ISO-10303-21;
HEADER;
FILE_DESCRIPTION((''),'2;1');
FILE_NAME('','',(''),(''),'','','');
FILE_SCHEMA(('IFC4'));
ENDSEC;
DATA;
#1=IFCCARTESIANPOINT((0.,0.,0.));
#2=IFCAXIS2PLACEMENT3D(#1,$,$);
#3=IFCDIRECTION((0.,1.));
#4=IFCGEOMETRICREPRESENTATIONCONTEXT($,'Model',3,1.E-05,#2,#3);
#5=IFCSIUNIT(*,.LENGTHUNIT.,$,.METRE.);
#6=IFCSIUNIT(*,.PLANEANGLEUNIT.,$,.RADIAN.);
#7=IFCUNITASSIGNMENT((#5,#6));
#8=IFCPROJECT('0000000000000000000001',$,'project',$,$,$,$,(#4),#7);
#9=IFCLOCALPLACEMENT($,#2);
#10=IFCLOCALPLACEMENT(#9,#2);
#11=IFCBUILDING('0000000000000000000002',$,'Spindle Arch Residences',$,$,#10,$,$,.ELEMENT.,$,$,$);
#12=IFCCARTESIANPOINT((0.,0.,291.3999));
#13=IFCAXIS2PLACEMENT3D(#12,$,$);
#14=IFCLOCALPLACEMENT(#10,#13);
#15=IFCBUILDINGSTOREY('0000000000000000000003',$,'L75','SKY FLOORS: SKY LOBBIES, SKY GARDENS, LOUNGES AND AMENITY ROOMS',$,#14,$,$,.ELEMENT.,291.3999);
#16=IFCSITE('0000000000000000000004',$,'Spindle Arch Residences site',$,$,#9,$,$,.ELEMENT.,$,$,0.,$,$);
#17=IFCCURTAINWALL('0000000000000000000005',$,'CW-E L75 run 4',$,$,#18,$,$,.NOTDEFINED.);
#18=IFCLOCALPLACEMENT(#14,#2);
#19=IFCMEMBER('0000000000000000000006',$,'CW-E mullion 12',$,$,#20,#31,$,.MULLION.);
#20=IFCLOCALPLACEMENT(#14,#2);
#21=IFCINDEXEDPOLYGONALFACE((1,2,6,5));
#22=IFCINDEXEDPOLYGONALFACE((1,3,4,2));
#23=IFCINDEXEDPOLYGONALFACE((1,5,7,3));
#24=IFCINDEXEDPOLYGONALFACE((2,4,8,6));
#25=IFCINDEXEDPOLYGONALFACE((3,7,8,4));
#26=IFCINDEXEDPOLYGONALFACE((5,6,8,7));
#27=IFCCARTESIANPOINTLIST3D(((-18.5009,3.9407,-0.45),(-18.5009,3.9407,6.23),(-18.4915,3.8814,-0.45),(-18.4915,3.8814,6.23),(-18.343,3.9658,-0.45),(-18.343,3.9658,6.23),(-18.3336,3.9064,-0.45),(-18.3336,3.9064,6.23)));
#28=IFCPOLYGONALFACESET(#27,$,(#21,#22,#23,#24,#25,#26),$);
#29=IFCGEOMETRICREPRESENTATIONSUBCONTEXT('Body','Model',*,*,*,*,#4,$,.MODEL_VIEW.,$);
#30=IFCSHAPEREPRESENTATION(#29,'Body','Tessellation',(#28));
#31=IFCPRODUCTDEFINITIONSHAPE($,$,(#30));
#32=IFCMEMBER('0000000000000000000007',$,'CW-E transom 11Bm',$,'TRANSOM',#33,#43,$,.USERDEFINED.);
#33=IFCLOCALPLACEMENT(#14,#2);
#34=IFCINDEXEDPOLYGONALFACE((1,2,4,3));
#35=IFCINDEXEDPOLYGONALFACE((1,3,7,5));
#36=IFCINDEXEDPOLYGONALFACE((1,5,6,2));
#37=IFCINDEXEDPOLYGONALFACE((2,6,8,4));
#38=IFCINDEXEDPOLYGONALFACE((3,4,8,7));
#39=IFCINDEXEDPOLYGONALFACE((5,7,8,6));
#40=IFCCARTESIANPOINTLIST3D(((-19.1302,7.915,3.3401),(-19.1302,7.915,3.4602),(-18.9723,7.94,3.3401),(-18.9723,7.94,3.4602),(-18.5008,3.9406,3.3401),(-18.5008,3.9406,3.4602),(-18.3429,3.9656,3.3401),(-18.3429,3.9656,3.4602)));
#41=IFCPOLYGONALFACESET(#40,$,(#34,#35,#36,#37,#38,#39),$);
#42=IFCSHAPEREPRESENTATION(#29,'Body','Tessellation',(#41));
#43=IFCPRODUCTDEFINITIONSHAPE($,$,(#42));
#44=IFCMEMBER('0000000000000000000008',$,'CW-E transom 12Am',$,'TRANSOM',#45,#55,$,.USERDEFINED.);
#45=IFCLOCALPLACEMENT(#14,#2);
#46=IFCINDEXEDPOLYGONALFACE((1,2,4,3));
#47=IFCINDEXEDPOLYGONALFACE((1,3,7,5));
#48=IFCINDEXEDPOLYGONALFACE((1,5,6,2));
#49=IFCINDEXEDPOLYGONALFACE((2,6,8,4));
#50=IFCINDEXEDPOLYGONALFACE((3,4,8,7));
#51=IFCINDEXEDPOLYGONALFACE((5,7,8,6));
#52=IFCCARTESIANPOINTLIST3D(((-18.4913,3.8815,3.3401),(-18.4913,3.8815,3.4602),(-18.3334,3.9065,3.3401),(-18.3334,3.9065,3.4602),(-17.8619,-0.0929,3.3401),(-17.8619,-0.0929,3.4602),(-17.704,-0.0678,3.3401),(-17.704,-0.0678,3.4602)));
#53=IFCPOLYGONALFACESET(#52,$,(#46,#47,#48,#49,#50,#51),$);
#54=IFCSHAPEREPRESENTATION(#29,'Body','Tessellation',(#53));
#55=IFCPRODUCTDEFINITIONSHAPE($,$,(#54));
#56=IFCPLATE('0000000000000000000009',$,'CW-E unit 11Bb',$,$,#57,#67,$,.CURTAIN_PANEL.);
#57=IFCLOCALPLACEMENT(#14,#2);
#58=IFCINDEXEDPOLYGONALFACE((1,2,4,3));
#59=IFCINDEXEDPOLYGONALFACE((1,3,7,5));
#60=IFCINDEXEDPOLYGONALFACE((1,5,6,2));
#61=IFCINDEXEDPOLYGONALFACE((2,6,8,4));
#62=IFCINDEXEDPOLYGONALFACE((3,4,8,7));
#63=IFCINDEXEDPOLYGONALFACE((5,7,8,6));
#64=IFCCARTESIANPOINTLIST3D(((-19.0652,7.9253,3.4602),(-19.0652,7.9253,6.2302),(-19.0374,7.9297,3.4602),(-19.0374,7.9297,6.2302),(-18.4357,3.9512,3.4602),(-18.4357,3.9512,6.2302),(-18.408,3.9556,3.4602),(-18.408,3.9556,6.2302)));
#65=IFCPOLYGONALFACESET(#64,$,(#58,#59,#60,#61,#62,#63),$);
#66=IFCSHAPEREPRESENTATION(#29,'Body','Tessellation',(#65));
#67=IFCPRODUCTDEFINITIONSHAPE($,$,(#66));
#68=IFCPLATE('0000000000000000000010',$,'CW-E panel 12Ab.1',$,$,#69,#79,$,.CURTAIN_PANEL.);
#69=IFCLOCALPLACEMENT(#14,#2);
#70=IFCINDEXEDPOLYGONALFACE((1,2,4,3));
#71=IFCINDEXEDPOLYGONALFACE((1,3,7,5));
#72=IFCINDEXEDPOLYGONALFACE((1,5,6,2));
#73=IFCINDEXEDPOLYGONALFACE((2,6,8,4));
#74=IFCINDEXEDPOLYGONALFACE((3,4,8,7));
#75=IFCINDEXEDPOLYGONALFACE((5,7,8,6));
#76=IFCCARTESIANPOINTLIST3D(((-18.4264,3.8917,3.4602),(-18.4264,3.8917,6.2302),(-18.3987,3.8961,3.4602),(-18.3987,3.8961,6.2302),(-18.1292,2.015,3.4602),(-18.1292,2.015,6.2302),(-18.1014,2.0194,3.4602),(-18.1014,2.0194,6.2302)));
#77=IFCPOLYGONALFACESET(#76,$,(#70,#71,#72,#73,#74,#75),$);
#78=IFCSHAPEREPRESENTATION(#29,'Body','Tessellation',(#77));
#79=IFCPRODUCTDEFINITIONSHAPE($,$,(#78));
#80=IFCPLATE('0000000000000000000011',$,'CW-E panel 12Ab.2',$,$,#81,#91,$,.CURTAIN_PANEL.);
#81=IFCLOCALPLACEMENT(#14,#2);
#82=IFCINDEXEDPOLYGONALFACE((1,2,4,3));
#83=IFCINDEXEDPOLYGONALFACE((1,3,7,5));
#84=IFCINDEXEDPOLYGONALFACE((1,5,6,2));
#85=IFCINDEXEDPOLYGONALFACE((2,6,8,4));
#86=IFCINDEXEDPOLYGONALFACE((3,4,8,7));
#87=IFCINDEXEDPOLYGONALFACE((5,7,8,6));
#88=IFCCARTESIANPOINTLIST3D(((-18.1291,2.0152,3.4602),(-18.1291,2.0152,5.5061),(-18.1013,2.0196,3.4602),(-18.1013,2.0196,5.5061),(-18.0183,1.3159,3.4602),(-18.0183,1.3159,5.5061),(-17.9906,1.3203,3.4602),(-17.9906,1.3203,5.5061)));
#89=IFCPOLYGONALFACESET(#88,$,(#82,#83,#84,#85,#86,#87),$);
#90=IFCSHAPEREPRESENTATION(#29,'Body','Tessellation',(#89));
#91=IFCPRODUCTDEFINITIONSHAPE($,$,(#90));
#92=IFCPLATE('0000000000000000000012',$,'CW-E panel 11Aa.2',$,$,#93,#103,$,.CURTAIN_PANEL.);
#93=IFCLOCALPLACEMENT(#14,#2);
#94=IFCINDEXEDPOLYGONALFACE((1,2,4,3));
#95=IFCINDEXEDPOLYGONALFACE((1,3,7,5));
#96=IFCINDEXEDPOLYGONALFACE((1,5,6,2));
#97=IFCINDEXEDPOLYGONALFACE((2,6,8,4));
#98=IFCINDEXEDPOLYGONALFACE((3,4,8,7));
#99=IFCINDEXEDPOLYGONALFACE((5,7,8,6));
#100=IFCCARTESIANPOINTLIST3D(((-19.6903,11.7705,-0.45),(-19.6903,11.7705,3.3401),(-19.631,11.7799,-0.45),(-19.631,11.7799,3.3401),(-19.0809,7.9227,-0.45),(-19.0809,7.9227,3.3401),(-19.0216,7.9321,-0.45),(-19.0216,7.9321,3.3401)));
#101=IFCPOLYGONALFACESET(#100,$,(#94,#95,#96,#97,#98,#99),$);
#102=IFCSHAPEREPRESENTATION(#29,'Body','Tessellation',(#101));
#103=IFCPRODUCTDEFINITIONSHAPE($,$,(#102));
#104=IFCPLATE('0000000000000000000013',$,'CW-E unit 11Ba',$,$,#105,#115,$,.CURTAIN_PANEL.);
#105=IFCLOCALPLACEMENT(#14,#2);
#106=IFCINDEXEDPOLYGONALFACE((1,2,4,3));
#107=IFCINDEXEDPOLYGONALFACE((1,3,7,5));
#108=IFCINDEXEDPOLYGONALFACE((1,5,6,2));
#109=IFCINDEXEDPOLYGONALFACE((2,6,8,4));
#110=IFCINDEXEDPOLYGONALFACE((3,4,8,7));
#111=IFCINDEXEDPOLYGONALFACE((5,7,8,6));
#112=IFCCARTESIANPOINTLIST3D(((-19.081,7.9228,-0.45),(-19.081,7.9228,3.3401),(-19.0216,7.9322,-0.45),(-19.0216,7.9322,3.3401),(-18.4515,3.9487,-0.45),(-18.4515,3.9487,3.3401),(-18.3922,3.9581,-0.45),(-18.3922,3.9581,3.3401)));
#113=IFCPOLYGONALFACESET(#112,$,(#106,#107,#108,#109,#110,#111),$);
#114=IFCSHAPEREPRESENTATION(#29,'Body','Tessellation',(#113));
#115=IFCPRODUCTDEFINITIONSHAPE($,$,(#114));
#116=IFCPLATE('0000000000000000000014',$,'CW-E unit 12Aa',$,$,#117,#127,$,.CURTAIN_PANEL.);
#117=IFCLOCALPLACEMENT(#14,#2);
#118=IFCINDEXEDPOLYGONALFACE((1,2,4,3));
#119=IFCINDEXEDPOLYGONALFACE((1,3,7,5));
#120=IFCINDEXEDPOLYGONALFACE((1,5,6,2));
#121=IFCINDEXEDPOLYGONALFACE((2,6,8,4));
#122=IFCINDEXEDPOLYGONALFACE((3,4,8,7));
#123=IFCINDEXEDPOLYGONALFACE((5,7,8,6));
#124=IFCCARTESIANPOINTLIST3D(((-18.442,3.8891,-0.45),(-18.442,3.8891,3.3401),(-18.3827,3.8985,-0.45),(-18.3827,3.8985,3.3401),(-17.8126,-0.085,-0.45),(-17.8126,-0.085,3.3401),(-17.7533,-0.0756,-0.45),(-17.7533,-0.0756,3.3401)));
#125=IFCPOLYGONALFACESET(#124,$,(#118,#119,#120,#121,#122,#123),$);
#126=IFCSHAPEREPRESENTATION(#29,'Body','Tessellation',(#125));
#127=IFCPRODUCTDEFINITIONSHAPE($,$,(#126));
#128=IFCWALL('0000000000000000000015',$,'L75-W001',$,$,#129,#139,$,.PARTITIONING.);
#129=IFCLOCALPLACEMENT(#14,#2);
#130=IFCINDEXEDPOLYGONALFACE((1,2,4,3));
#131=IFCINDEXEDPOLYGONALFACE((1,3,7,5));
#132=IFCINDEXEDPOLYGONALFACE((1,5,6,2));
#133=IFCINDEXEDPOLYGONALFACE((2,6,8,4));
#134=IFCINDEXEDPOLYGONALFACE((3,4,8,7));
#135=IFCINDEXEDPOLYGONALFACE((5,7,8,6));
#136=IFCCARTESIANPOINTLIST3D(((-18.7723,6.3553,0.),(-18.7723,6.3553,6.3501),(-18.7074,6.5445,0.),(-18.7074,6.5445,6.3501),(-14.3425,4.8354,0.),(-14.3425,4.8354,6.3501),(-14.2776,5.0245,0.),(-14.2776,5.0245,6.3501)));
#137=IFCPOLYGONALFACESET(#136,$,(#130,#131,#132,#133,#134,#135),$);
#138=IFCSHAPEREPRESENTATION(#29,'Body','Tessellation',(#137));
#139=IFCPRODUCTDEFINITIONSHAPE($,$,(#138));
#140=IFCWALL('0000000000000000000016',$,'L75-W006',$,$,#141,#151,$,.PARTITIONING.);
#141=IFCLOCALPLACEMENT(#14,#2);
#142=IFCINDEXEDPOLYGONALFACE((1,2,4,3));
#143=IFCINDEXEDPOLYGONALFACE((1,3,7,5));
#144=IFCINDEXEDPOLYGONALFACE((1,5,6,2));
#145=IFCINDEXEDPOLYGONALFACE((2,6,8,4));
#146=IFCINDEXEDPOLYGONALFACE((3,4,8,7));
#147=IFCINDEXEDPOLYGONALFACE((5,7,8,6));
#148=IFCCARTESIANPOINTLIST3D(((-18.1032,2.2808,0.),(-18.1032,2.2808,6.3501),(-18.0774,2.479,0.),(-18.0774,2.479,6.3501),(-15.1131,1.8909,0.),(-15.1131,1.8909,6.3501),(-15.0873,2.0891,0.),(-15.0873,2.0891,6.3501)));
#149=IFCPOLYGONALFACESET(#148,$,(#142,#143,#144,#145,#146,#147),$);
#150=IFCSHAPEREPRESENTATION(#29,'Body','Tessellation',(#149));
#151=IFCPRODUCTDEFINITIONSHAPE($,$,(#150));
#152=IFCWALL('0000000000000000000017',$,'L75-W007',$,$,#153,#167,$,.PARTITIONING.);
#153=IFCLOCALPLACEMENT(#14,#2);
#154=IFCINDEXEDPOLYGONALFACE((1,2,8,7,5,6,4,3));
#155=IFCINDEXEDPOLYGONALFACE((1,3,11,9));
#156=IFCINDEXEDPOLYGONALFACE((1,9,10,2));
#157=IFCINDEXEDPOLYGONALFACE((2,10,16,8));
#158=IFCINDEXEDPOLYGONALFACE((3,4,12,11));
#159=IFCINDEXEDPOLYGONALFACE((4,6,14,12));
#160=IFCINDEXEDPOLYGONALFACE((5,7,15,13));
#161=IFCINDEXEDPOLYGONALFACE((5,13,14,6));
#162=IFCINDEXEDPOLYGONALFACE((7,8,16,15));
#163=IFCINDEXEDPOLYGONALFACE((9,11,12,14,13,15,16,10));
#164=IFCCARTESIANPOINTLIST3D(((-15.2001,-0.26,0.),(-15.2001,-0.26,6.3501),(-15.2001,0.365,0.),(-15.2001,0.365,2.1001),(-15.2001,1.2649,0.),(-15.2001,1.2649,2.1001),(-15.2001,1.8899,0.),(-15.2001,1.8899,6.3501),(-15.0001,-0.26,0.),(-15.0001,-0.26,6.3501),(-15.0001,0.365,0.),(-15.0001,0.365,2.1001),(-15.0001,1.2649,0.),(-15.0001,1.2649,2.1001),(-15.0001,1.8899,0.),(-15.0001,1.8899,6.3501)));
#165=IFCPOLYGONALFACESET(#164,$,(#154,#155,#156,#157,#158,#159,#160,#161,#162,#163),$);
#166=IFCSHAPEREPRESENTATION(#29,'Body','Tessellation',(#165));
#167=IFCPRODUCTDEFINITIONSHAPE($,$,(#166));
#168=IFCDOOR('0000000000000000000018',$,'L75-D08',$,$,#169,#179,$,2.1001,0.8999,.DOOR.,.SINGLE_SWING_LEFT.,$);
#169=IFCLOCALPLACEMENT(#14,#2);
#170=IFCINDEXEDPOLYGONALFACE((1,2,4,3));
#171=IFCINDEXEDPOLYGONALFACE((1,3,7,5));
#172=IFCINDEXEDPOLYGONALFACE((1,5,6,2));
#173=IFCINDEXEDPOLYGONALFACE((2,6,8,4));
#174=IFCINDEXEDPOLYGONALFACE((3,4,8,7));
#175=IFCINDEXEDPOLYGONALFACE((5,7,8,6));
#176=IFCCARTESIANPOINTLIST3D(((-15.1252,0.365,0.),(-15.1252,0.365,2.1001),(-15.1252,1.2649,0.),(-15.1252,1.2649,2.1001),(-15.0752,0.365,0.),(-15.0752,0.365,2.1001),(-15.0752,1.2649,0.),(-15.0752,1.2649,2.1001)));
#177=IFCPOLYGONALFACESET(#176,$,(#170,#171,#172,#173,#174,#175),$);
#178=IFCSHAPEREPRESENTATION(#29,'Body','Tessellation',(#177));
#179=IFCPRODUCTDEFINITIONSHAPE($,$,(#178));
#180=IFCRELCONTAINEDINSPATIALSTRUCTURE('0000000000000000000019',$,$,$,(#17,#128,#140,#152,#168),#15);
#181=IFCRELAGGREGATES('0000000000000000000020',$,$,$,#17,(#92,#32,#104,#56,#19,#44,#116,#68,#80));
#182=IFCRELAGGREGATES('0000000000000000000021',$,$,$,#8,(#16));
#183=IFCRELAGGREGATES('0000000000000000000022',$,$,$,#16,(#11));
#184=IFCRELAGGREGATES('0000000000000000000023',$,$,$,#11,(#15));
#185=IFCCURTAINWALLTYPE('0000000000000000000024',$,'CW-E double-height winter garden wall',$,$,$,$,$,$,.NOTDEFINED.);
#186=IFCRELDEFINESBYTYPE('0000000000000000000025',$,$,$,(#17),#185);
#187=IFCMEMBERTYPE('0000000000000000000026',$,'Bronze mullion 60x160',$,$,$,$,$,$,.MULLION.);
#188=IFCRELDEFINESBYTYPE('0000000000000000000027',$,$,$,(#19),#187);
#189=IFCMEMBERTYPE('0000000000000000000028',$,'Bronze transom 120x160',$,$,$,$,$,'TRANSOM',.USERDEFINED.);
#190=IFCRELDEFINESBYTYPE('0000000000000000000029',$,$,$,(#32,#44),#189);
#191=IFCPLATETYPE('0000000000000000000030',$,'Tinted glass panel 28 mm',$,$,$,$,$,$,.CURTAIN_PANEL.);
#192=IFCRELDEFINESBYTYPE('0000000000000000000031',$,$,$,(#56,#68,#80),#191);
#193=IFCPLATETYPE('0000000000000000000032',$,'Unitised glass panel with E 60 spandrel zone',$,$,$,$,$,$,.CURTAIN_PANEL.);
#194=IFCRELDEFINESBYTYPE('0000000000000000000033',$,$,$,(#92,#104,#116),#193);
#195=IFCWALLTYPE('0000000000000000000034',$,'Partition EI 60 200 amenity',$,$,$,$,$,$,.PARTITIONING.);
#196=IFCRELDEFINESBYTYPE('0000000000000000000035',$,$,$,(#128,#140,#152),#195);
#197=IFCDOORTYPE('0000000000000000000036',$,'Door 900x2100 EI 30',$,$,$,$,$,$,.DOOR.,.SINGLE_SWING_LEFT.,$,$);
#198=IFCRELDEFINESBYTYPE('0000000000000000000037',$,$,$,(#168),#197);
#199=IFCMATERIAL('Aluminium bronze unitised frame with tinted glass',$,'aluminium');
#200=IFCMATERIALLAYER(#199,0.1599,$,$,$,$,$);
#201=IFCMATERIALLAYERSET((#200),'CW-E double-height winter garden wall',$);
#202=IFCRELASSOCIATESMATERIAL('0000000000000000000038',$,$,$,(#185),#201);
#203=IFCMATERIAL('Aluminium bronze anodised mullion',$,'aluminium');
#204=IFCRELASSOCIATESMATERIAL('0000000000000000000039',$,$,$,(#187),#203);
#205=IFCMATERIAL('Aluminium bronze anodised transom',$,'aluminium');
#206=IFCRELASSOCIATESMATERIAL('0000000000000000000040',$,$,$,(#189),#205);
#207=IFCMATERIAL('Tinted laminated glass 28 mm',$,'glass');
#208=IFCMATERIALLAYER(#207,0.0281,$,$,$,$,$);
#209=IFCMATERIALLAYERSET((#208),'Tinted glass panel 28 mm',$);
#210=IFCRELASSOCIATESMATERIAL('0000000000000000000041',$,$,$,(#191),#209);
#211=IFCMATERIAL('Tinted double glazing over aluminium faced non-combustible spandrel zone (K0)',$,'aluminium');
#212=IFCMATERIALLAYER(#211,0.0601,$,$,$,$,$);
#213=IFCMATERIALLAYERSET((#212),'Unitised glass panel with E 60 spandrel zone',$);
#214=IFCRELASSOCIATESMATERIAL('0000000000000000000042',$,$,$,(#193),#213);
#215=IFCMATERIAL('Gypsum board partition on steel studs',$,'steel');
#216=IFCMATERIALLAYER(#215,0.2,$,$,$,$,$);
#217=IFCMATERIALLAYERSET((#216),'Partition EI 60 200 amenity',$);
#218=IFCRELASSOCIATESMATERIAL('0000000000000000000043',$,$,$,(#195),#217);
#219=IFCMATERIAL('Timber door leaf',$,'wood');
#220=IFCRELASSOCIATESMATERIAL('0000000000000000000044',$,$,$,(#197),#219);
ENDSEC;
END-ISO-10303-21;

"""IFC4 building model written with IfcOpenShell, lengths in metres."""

from ifc_helpers import new_model, si_unit, direction, frame, frame_2d, origin, origin_2d, place, context, subcontext, project, spatial, rectangle, extrude, material, layer, layer_set, material_profile, profile_set, type_object, element, fill, aggregate, save


model = new_model("IFC4")

# Units and contexts
model_context = context("Model", 3, precision=1e-05, world=origin(), true_north=direction((0.0, 1.0)))
body_context = subcontext(model_context, "Body", "Model", "MODEL_VIEW")
ifc_project = project(units=[si_unit("LENGTHUNIT", "METRE"), si_unit("PLANEANGLEUNIT", "RADIAN")], contexts=[model_context])

# Site, building, storey
site_placement = place(None, origin())
site = spatial("IfcSite", under=ifc_project, at=site_placement, Name="Spindle Arch Residences site", CompositionType="ELEMENT", RefElevation=0.0)
building_placement = place(site_placement, origin())
building = spatial("IfcBuilding", under=site, at=building_placement, Name="Spindle Arch Residences", CompositionType="ELEMENT")
storey_placement = place(building_placement, frame((0.0, 0.0, 291.3999)))
storey = spatial("IfcBuildingStorey", under=building, at=storey_placement, Name="L75", Description="SKY FLOORS: SKY LOBBIES, SKY GARDENS, LOUNGES AND AMENITY ROOMS", CompositionType="ELEMENT", Elevation=291.3999)

# Curtain wall, members, plates
ifc_material_1 = material(Name="Aluminium bronze unitised frame with tinted glass", Category="aluminium")
ifc_layer_1 = layer(ifc_material_1, 0.1599)
ifc_layer_set_1 = layer_set([ifc_layer_1], Name="CW-E double-height winter garden wall")
curtain_wall_type = type_object("IfcCurtainWallType", Name="CW-E double-height winter garden wall", PredefinedType="NOTDEFINED", material=ifc_layer_set_1)
curtain_wall_placement = place(storey_placement, origin())
curtain_wall = element("IfcCurtainWall", 1, at=curtain_wall_placement, inside=storey, type_object=curtain_wall_type, Name="CW-E L75 run 4", PredefinedType="NOTDEFINED")
ifc_material_2 = material(Name="Aluminium bronze anodised mullion", Category="aluminium")
ifc_material_profile_1 = material_profile(ifc_material_2, rectangle(XDim=0.1599, YDim=0.0601, at=origin_2d()), Name="MU 60x160")
ifc_profile_set_1 = profile_set([ifc_material_profile_1], Name="Aluminium bronze anodised mullion")
member_type_1 = type_object("IfcMemberType", Name="Bronze mullion 60x160", PredefinedType="MULLION", material=ifc_profile_set_1)
member_1_placement = place(storey_placement, frame((-18.4172, 3.9236, -0.45), z_axis=(0.0, 0.0, 1.0), x_axis=(0.987688, 0.156434, 0.0)))
member_1 = element("IfcMember", 2, at=member_1_placement, type_object=member_type_1, Name="CW-E mullion 12", PredefinedType="MULLION", context=body_context, shape_type="SweptSolid", body=[
    extrude(rectangle(XDim=0.1599, YDim=0.0601, at=origin_2d()), origin(), (0.0, 0.0, 1.0), 6.6799),
])
ifc_material_3 = material(Name="Aluminium bronze anodised transom", Category="aluminium")
ifc_material_profile_2 = material_profile(ifc_material_3, rectangle(XDim=0.1599, YDim=0.1201, at=origin_2d()), Name="TR 120x160")
ifc_profile_set_2 = profile_set([ifc_material_profile_2], Name="Aluminium bronze anodised transom")
member_type_2 = type_object("IfcMemberType", Name="Bronze transom 120x160", ElementType="TRANSOM", PredefinedType="USERDEFINED", material=ifc_profile_set_2)
member_2_placement = place(storey_placement, frame((-19.0513, 7.9275, 3.4001), z_axis=(0.156414, -0.987692, 0.0), x_axis=(0.987692, 0.156414, 0.0)))
member_2 = element("IfcMember", 3, at=member_2_placement, type_object=member_type_2, Name="CW-E transom 11Bm", ObjectType="TRANSOM", PredefinedType="USERDEFINED", context=body_context, shape_type="SweptSolid", body=[
    extrude(rectangle(XDim=0.1599, YDim=0.1201, at=origin_2d()), origin(), (0.0, 0.0, 1.0), 4.0239),
])
member_3_placement = place(storey_placement, frame((-18.4124, 3.894, 3.4001), z_axis=(0.156414, -0.987692, 0.0), x_axis=(0.987692, 0.156414, 0.0)))
member_3 = element("IfcMember", 4, at=member_3_placement, type_object=member_type_2, Name="CW-E transom 12Am", ObjectType="TRANSOM", PredefinedType="USERDEFINED", context=body_context, shape_type="SweptSolid", body=[
    extrude(rectangle(XDim=0.1599, YDim=0.1201, at=origin_2d()), origin(), (0.0, 0.0, 1.0), 4.0239),
])
ifc_material_4 = material(Name="Tinted laminated glass 28 mm", Category="glass")
ifc_layer_2 = layer(ifc_material_4, 0.0281)
ifc_layer_set_2 = layer_set([ifc_layer_2], Name="Tinted glass panel 28 mm")
plate_type_1 = type_object("IfcPlateType", Name="Tinted glass panel 28 mm", PredefinedType="CURTAIN_PANEL", material=ifc_layer_set_2)
plate_1_placement = place(storey_placement, frame((-18.7366, 5.9404, 3.4602), z_axis=(0.0, 0.0, 1.0), x_axis=(0.156434, -0.987688, 0.0)))
plate_1 = element("IfcPlate", 5, at=plate_1_placement, type_object=plate_type_1, Name="CW-E unit 11Bb", PredefinedType="CURTAIN_PANEL", context=body_context, shape_type="SweptSolid", body=[
    extrude(rectangle(XDim=4.0237, YDim=0.0281, at=origin_2d()), origin(), (0.0, 0.0, 1.0), 2.77),
])
plate_2_placement = place(storey_placement, frame((-18.2639, 2.9556, 3.4602), z_axis=(0.0, 0.0, 1.0), x_axis=(0.156434, -0.987688, 0.0)))
plate_2 = element("IfcPlate", 6, at=plate_2_placement, type_object=plate_type_1, Name="CW-E panel 12Ab.1", PredefinedType="CURTAIN_PANEL", context=body_context, shape_type="SweptSolid", body=[
    extrude(rectangle(XDim=1.9001, YDim=0.0281, at=origin_2d()), origin(), (0.0, 0.0, 1.0), 2.77),
])
plate_3_placement = place(storey_placement, frame((-18.0598, 1.6677, 3.4602), z_axis=(0.0, 0.0, 1.0), x_axis=(0.156434, -0.987688, 0.0)))
plate_3 = element("IfcPlate", 7, at=plate_3_placement, type_object=plate_type_1, Name="CW-E panel 12Ab.2", PredefinedType="CURTAIN_PANEL", context=body_context, shape_type="SweptSolid", body=[
    extrude(rectangle(XDim=0.708, YDim=0.0281, at=origin_2d()), origin(), (0.0, 0.0, 1.0), 2.0459),
])
ifc_material_5 = material(Name="Tinted double glazing over aluminium faced non-combustible spandrel zone (K0)", Category="aluminium")
ifc_layer_3 = layer(ifc_material_5, 0.0601)
ifc_layer_set_3 = layer_set([ifc_layer_3], Name="Unitised glass panel with E 60 spandrel zone")
plate_type_2 = type_object("IfcPlateType", Name="Unitised glass panel with E 60 spandrel zone", PredefinedType="CURTAIN_PANEL", material=ifc_layer_set_3)
plate_4_placement = place(storey_placement, frame((-19.356, 9.8513, -0.45), z_axis=(0.0, 0.0, 1.0), x_axis=(0.156434, -0.987688, 0.0)))
plate_4 = element("IfcPlate", 8, at=plate_4_placement, type_object=plate_type_2, Name="CW-E panel 11Aa.2", PredefinedType="CURTAIN_PANEL", context=body_context, shape_type="SweptSolid", body=[
    extrude(rectangle(XDim=3.8958, YDim=0.0601, at=origin_2d()), origin(), (0.0, 0.0, 1.0), 3.79),
])
plate_5_placement = place(storey_placement, frame((-18.7366, 5.9404, -0.45), z_axis=(0.0, 0.0, 1.0), x_axis=(0.156434, -0.987688, 0.0)))
plate_5 = element("IfcPlate", 9, at=plate_5_placement, type_object=plate_type_2, Name="CW-E unit 11Ba", PredefinedType="CURTAIN_PANEL", context=body_context, shape_type="SweptSolid", body=[
    extrude(rectangle(XDim=4.0237, YDim=0.0601, at=origin_2d()), origin(), (0.0, 0.0, 1.0), 3.79),
])
plate_6_placement = place(storey_placement, frame((-18.0977, 1.9067, -0.45), z_axis=(0.0, 0.0, 1.0), x_axis=(0.156434, -0.987688, 0.0)))
plate_6 = element("IfcPlate", 10, at=plate_6_placement, type_object=plate_type_2, Name="CW-E unit 12Aa", PredefinedType="CURTAIN_PANEL", context=body_context, shape_type="SweptSolid", body=[
    extrude(rectangle(XDim=4.0237, YDim=0.0601, at=origin_2d()), origin(), (0.0, 0.0, 1.0), 3.79),
])
aggregate(curtain_wall, [plate_4, member_2, plate_5, plate_1, member_1, member_3, plate_6, plate_2, plate_3])

# Walls
ifc_material_6 = material(Name="Gypsum board partition on steel studs", Category="steel")
ifc_layer_4 = layer(ifc_material_6, 0.2)
ifc_layer_set_4 = layer_set([ifc_layer_4], Name="Partition EI 60 200 amenity")
wall_type = type_object("IfcWallType", Name="Partition EI 60 200 amenity", PredefinedType="PARTITIONING", material=ifc_layer_set_4)
wall_1_placement = place(storey_placement, frame((-18.74, 6.45, 0.0), z_axis=(0.0, 0.0, 1.0), x_axis=(0.945868, -0.324551, 0.0)))
element("IfcWall", 11, at=wall_1_placement, inside=storey, type_object=wall_type, Name="L75-W001", PredefinedType="PARTITIONING", context=body_context, shape_type="SweptSolid", body=[
    extrude(rectangle(XDim=4.6833, YDim=0.2, at=frame_2d((2.3418, 0.0))), origin(), (0.0, 0.0, 1.0), 6.3501),
])
wall_2_placement = place(storey_placement, frame((-15.1001, 1.99, 0.0), z_axis=(0.0, 0.0, 1.0), x_axis=(-0.991605, 0.129305, 0.0)))
element("IfcWall", 12, at=wall_2_placement, inside=storey, type_object=wall_type, Name="L75-W006", PredefinedType="PARTITIONING", context=body_context, shape_type="SweptSolid", body=[
    extrude(rectangle(XDim=3.0154, YDim=0.2, at=frame_2d((1.5078, 0.0))), origin(), (0.0, 0.0, 1.0), 6.3501),
])

# Wall, opening, door
wall_3_placement = place(storey_placement, frame((-15.1001, 1.8899, 0.0), z_axis=(0.0, 0.0, 1.0), x_axis=(0.0, -1.0, 0.0)))
wall_3 = element("IfcWall", 13, at=wall_3_placement, inside=storey, type_object=wall_type, Name="L75-W007", PredefinedType="PARTITIONING", context=body_context, shape_type="SweptSolid", body=[
    extrude(rectangle(XDim=2.1499, YDim=0.2, at=frame_2d((1.075, 0.0))), origin(), (0.0, 0.0, 1.0), 6.3501),
])
opening_1_placement = place(wall_3_placement, frame((0.625, 0.0, 0.0)))
opening_1 = element("IfcOpeningElement", 14, at=opening_1_placement, cuts=wall_3, PredefinedType="OPENING", context=body_context, shape_type="SweptSolid", body=[
    extrude(rectangle(XDim=0.8999, YDim=2.1001, at=frame_2d((0.45, 1.05))), frame((0.0, 0.1099, 0.0), z_axis=(0.0, -1.0, 0.0), x_axis=(1.0, 0.0, 0.0)), (0.0, 0.0, 1.0), 0.22),
])
ifc_material_7 = material(Name="Timber door leaf", Category="wood")
door_type = type_object("IfcDoorType", Name="Door 900x2100 EI 30", OperationType="SINGLE_SWING_LEFT", PredefinedType="DOOR", material=ifc_material_7)
door_1_placement = place(opening_1_placement, origin())
door_1 = element("IfcDoor", 15, at=door_1_placement, inside=storey, type_object=door_type, Name="L75-D08", OperationType="SINGLE_SWING_LEFT", OverallHeight=2.1001, OverallWidth=0.8999, PredefinedType="DOOR", context=body_context, shape_type="SweptSolid", body=[
    extrude(rectangle(XDim=0.8999, YDim=2.1001, at=frame_2d((0.45, 1.05))), frame((0.0, 0.0249, 0.0), z_axis=(0.0, -1.0, 0.0), x_axis=(1.0, 0.0, 0.0)), (0.0, 0.0, 1.0), 0.05),
])
fill(opening_1, door_1)

save(model, "model.ifc")
